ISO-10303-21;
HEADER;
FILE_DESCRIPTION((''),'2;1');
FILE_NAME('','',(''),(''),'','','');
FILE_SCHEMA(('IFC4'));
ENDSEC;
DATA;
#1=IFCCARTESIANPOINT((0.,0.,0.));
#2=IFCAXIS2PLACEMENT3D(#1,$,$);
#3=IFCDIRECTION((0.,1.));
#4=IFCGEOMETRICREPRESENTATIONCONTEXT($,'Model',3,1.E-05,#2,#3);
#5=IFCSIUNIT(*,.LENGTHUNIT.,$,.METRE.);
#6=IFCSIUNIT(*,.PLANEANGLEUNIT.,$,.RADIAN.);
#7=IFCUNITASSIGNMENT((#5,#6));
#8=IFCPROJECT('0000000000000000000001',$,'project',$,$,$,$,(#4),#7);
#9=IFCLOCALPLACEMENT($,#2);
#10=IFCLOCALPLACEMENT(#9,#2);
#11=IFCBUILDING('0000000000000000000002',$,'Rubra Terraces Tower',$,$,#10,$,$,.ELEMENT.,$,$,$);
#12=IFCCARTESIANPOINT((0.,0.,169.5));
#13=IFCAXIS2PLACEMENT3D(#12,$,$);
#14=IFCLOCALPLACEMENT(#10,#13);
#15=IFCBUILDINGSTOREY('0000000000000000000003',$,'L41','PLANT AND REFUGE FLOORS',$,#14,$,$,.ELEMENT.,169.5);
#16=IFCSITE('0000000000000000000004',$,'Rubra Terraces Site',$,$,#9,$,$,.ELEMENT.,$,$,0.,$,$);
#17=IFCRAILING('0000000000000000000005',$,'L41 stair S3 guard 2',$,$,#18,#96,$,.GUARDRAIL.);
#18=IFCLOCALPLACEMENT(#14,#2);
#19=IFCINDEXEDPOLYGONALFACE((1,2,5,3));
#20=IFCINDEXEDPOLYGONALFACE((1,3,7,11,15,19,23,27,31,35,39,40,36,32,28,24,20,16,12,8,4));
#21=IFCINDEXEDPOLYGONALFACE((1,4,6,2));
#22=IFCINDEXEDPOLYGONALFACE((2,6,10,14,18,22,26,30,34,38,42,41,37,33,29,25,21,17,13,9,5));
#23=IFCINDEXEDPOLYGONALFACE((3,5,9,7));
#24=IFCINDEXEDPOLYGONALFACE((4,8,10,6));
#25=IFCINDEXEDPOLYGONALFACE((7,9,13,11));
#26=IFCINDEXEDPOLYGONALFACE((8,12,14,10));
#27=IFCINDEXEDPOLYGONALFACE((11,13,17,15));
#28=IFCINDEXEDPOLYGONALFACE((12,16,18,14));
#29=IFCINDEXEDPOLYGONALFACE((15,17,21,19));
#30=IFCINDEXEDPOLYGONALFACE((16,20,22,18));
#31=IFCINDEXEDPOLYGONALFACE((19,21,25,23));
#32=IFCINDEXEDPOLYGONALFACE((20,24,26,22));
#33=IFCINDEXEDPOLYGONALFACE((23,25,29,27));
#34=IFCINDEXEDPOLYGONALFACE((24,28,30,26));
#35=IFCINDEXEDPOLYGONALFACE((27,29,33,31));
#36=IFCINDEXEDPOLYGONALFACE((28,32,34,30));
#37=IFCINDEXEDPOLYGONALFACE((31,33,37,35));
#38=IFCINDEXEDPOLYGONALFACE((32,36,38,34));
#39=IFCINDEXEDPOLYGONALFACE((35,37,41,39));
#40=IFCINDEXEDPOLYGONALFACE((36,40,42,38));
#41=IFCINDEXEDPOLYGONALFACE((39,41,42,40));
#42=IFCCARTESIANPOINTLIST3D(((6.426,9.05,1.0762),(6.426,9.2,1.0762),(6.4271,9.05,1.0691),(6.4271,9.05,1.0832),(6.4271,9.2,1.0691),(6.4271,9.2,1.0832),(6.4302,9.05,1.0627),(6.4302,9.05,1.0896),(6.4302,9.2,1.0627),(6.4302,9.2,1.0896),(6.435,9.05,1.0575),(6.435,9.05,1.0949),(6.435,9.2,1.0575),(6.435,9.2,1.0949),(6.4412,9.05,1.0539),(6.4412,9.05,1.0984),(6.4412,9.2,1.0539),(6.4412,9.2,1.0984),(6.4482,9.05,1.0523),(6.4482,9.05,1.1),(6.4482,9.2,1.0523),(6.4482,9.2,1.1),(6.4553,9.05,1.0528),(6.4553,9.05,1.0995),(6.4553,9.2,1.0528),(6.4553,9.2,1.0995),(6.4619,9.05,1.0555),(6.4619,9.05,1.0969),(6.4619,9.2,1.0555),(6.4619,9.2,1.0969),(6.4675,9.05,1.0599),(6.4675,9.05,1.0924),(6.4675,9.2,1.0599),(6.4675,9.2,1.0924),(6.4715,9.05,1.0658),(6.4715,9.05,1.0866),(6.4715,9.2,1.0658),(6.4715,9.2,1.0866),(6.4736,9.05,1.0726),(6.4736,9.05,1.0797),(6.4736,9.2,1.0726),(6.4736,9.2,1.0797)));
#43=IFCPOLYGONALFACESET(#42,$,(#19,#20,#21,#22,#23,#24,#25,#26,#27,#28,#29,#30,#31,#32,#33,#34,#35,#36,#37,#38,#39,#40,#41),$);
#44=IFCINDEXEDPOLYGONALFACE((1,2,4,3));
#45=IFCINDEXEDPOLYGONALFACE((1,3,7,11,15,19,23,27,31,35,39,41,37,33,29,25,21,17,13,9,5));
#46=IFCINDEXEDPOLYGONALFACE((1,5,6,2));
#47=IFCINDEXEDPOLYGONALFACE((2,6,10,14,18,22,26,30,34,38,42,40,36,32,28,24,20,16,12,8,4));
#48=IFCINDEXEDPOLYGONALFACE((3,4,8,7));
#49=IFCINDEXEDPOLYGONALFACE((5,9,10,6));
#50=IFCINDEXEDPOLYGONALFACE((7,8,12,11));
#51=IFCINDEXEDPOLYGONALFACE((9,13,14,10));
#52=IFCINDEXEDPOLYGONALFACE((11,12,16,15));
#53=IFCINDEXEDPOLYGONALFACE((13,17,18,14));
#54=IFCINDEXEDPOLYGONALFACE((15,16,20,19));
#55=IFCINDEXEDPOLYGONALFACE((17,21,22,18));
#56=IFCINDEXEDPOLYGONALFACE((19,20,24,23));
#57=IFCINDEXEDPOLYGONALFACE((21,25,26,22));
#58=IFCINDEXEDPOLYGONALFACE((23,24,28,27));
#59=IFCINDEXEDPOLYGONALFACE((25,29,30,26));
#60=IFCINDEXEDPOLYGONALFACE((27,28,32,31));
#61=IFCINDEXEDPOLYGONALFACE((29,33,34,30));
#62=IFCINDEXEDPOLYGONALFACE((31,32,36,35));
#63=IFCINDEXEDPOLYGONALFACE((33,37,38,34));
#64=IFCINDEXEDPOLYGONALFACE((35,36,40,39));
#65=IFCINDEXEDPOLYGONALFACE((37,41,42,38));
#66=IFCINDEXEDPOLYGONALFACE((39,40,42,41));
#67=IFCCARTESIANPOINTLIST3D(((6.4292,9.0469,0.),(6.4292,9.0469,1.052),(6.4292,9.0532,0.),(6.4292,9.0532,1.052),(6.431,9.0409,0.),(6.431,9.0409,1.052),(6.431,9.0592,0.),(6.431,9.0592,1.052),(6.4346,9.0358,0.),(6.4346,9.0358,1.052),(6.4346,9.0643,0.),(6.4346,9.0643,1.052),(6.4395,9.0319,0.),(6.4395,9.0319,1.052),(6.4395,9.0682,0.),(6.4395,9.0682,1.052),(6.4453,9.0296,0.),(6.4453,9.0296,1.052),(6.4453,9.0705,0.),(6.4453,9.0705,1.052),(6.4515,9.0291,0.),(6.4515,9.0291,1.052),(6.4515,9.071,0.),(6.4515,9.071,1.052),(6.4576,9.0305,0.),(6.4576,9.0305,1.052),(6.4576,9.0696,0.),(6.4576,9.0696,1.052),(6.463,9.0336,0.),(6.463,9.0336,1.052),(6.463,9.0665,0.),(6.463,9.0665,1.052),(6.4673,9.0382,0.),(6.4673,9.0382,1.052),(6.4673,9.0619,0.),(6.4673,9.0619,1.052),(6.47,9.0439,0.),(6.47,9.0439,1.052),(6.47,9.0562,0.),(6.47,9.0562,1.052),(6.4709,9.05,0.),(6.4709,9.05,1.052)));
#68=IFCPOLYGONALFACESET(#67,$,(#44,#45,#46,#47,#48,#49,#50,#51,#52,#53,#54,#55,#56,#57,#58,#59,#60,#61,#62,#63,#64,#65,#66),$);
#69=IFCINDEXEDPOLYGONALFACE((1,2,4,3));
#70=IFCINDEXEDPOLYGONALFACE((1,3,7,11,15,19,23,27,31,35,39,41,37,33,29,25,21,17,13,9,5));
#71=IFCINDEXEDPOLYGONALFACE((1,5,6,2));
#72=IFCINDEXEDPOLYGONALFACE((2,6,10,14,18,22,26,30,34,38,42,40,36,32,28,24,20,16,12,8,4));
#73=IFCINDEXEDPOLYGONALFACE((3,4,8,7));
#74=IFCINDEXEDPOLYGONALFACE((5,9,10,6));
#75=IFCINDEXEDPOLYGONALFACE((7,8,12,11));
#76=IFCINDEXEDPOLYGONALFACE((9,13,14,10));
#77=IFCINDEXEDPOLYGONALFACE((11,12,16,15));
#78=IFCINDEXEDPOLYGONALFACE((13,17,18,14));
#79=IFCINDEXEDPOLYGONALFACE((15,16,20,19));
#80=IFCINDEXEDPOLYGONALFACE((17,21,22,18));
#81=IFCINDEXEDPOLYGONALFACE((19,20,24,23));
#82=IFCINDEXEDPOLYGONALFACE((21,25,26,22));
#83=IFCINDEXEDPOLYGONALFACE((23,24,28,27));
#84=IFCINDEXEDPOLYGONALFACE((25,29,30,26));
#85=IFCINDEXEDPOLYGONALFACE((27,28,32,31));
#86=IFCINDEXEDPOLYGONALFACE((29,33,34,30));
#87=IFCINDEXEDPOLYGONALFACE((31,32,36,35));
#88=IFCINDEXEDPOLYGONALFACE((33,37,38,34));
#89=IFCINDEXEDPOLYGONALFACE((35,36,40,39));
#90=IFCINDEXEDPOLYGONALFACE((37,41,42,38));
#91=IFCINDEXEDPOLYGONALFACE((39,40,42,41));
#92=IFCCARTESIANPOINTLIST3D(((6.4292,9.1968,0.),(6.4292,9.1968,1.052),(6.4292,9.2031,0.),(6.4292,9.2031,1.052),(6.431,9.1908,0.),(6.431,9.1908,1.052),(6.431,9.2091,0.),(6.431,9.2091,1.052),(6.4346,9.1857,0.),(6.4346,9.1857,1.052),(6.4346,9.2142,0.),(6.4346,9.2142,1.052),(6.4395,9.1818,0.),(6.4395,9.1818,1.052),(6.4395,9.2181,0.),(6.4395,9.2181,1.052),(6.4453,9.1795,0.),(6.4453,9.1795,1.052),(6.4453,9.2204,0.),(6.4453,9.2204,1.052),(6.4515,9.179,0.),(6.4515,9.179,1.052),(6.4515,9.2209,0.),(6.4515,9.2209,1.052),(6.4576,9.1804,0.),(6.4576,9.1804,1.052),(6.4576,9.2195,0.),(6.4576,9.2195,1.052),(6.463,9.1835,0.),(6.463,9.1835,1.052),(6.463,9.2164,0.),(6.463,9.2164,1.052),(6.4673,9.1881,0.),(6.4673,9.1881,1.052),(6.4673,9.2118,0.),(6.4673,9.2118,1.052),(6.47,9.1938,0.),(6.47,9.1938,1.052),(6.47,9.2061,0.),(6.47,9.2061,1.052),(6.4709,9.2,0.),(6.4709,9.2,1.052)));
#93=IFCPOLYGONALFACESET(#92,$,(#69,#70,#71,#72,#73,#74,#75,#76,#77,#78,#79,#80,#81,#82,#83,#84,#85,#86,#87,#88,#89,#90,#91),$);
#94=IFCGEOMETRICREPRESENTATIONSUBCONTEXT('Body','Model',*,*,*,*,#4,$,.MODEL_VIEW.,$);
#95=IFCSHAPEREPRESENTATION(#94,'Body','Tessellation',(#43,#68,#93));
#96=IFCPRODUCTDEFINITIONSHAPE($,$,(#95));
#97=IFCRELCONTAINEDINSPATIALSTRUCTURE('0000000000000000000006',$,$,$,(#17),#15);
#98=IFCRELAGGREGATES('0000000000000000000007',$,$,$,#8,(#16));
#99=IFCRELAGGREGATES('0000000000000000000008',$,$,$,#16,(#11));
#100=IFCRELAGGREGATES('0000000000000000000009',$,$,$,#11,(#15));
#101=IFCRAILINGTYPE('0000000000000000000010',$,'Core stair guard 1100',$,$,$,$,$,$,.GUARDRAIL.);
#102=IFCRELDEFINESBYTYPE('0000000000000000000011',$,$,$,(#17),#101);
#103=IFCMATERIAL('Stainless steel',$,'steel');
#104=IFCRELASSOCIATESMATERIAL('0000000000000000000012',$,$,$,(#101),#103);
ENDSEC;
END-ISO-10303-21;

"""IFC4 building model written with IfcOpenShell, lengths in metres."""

from ifc_helpers import new_model, si_unit, direction, frame, origin, origin_2d, place, context, subcontext, project, spatial, circle, extrude, material, type_object, element, save


model = new_model("IFC4")

# Units and contexts
model_context = context("Model", 3, precision=1e-05, world=origin(), true_north=direction((0.0, 1.0)))
body_context = subcontext(model_context, "Body", "Model", "MODEL_VIEW")
ifc_project = project(units=[si_unit("LENGTHUNIT", "METRE"), si_unit("PLANEANGLEUNIT", "RADIAN")], contexts=[model_context])

# Site, building, storey
site_placement = place(None, origin())
site = spatial("IfcSite", under=ifc_project, at=site_placement, Name="Rubra Terraces Site", CompositionType="ELEMENT", RefElevation=0.0)
building_placement = place(site_placement, origin())
building = spatial("IfcBuilding", under=site, at=building_placement, Name="Rubra Terraces Tower", CompositionType="ELEMENT")
storey_placement = place(building_placement, frame((0.0, 0.0, 169.5)))
storey = spatial("IfcBuildingStorey", under=building, at=storey_placement, Name="L41", Description="PLANT AND REFUGE FLOORS", CompositionType="ELEMENT", Elevation=169.5)

# Shared definitions
ifc_material_1 = material(Name="Stainless steel", Category="steel")

# Railing
railing_type_1 = type_object("IfcRailingType", Name="Core stair guard 1100", PredefinedType="GUARDRAIL", material=ifc_material_1)
railing_1_placement = place(storey_placement, frame((6.45, 9.05, 0.0)))
element("IfcRailing", 1, at=railing_1_placement, inside=storey, type_object=railing_type_1, Name="L41 stair S3 guard 2", PredefinedType="GUARDRAIL", context=body_context, shape_type="SweptSolid", body=[
    extrude(circle(Radius=0.0239, at=origin_2d()), frame((0.0, 0.0, 1.0762), z_axis=(0.0, 1.0, 0.0), x_axis=(-1.0, 0.0, 0.0)), (0.0, 0.0, 1.0), 0.1499),
    extrude(circle(Radius=0.021, at=origin_2d()), origin(), (0.0, 0.0, 1.0), 1.052),
    extrude(circle(Radius=0.021, at=origin_2d()), frame((0.0, 0.1499, 0.0)), (0.0, 0.0, 1.0), 1.052),
])

save(model, "model.ifc")
